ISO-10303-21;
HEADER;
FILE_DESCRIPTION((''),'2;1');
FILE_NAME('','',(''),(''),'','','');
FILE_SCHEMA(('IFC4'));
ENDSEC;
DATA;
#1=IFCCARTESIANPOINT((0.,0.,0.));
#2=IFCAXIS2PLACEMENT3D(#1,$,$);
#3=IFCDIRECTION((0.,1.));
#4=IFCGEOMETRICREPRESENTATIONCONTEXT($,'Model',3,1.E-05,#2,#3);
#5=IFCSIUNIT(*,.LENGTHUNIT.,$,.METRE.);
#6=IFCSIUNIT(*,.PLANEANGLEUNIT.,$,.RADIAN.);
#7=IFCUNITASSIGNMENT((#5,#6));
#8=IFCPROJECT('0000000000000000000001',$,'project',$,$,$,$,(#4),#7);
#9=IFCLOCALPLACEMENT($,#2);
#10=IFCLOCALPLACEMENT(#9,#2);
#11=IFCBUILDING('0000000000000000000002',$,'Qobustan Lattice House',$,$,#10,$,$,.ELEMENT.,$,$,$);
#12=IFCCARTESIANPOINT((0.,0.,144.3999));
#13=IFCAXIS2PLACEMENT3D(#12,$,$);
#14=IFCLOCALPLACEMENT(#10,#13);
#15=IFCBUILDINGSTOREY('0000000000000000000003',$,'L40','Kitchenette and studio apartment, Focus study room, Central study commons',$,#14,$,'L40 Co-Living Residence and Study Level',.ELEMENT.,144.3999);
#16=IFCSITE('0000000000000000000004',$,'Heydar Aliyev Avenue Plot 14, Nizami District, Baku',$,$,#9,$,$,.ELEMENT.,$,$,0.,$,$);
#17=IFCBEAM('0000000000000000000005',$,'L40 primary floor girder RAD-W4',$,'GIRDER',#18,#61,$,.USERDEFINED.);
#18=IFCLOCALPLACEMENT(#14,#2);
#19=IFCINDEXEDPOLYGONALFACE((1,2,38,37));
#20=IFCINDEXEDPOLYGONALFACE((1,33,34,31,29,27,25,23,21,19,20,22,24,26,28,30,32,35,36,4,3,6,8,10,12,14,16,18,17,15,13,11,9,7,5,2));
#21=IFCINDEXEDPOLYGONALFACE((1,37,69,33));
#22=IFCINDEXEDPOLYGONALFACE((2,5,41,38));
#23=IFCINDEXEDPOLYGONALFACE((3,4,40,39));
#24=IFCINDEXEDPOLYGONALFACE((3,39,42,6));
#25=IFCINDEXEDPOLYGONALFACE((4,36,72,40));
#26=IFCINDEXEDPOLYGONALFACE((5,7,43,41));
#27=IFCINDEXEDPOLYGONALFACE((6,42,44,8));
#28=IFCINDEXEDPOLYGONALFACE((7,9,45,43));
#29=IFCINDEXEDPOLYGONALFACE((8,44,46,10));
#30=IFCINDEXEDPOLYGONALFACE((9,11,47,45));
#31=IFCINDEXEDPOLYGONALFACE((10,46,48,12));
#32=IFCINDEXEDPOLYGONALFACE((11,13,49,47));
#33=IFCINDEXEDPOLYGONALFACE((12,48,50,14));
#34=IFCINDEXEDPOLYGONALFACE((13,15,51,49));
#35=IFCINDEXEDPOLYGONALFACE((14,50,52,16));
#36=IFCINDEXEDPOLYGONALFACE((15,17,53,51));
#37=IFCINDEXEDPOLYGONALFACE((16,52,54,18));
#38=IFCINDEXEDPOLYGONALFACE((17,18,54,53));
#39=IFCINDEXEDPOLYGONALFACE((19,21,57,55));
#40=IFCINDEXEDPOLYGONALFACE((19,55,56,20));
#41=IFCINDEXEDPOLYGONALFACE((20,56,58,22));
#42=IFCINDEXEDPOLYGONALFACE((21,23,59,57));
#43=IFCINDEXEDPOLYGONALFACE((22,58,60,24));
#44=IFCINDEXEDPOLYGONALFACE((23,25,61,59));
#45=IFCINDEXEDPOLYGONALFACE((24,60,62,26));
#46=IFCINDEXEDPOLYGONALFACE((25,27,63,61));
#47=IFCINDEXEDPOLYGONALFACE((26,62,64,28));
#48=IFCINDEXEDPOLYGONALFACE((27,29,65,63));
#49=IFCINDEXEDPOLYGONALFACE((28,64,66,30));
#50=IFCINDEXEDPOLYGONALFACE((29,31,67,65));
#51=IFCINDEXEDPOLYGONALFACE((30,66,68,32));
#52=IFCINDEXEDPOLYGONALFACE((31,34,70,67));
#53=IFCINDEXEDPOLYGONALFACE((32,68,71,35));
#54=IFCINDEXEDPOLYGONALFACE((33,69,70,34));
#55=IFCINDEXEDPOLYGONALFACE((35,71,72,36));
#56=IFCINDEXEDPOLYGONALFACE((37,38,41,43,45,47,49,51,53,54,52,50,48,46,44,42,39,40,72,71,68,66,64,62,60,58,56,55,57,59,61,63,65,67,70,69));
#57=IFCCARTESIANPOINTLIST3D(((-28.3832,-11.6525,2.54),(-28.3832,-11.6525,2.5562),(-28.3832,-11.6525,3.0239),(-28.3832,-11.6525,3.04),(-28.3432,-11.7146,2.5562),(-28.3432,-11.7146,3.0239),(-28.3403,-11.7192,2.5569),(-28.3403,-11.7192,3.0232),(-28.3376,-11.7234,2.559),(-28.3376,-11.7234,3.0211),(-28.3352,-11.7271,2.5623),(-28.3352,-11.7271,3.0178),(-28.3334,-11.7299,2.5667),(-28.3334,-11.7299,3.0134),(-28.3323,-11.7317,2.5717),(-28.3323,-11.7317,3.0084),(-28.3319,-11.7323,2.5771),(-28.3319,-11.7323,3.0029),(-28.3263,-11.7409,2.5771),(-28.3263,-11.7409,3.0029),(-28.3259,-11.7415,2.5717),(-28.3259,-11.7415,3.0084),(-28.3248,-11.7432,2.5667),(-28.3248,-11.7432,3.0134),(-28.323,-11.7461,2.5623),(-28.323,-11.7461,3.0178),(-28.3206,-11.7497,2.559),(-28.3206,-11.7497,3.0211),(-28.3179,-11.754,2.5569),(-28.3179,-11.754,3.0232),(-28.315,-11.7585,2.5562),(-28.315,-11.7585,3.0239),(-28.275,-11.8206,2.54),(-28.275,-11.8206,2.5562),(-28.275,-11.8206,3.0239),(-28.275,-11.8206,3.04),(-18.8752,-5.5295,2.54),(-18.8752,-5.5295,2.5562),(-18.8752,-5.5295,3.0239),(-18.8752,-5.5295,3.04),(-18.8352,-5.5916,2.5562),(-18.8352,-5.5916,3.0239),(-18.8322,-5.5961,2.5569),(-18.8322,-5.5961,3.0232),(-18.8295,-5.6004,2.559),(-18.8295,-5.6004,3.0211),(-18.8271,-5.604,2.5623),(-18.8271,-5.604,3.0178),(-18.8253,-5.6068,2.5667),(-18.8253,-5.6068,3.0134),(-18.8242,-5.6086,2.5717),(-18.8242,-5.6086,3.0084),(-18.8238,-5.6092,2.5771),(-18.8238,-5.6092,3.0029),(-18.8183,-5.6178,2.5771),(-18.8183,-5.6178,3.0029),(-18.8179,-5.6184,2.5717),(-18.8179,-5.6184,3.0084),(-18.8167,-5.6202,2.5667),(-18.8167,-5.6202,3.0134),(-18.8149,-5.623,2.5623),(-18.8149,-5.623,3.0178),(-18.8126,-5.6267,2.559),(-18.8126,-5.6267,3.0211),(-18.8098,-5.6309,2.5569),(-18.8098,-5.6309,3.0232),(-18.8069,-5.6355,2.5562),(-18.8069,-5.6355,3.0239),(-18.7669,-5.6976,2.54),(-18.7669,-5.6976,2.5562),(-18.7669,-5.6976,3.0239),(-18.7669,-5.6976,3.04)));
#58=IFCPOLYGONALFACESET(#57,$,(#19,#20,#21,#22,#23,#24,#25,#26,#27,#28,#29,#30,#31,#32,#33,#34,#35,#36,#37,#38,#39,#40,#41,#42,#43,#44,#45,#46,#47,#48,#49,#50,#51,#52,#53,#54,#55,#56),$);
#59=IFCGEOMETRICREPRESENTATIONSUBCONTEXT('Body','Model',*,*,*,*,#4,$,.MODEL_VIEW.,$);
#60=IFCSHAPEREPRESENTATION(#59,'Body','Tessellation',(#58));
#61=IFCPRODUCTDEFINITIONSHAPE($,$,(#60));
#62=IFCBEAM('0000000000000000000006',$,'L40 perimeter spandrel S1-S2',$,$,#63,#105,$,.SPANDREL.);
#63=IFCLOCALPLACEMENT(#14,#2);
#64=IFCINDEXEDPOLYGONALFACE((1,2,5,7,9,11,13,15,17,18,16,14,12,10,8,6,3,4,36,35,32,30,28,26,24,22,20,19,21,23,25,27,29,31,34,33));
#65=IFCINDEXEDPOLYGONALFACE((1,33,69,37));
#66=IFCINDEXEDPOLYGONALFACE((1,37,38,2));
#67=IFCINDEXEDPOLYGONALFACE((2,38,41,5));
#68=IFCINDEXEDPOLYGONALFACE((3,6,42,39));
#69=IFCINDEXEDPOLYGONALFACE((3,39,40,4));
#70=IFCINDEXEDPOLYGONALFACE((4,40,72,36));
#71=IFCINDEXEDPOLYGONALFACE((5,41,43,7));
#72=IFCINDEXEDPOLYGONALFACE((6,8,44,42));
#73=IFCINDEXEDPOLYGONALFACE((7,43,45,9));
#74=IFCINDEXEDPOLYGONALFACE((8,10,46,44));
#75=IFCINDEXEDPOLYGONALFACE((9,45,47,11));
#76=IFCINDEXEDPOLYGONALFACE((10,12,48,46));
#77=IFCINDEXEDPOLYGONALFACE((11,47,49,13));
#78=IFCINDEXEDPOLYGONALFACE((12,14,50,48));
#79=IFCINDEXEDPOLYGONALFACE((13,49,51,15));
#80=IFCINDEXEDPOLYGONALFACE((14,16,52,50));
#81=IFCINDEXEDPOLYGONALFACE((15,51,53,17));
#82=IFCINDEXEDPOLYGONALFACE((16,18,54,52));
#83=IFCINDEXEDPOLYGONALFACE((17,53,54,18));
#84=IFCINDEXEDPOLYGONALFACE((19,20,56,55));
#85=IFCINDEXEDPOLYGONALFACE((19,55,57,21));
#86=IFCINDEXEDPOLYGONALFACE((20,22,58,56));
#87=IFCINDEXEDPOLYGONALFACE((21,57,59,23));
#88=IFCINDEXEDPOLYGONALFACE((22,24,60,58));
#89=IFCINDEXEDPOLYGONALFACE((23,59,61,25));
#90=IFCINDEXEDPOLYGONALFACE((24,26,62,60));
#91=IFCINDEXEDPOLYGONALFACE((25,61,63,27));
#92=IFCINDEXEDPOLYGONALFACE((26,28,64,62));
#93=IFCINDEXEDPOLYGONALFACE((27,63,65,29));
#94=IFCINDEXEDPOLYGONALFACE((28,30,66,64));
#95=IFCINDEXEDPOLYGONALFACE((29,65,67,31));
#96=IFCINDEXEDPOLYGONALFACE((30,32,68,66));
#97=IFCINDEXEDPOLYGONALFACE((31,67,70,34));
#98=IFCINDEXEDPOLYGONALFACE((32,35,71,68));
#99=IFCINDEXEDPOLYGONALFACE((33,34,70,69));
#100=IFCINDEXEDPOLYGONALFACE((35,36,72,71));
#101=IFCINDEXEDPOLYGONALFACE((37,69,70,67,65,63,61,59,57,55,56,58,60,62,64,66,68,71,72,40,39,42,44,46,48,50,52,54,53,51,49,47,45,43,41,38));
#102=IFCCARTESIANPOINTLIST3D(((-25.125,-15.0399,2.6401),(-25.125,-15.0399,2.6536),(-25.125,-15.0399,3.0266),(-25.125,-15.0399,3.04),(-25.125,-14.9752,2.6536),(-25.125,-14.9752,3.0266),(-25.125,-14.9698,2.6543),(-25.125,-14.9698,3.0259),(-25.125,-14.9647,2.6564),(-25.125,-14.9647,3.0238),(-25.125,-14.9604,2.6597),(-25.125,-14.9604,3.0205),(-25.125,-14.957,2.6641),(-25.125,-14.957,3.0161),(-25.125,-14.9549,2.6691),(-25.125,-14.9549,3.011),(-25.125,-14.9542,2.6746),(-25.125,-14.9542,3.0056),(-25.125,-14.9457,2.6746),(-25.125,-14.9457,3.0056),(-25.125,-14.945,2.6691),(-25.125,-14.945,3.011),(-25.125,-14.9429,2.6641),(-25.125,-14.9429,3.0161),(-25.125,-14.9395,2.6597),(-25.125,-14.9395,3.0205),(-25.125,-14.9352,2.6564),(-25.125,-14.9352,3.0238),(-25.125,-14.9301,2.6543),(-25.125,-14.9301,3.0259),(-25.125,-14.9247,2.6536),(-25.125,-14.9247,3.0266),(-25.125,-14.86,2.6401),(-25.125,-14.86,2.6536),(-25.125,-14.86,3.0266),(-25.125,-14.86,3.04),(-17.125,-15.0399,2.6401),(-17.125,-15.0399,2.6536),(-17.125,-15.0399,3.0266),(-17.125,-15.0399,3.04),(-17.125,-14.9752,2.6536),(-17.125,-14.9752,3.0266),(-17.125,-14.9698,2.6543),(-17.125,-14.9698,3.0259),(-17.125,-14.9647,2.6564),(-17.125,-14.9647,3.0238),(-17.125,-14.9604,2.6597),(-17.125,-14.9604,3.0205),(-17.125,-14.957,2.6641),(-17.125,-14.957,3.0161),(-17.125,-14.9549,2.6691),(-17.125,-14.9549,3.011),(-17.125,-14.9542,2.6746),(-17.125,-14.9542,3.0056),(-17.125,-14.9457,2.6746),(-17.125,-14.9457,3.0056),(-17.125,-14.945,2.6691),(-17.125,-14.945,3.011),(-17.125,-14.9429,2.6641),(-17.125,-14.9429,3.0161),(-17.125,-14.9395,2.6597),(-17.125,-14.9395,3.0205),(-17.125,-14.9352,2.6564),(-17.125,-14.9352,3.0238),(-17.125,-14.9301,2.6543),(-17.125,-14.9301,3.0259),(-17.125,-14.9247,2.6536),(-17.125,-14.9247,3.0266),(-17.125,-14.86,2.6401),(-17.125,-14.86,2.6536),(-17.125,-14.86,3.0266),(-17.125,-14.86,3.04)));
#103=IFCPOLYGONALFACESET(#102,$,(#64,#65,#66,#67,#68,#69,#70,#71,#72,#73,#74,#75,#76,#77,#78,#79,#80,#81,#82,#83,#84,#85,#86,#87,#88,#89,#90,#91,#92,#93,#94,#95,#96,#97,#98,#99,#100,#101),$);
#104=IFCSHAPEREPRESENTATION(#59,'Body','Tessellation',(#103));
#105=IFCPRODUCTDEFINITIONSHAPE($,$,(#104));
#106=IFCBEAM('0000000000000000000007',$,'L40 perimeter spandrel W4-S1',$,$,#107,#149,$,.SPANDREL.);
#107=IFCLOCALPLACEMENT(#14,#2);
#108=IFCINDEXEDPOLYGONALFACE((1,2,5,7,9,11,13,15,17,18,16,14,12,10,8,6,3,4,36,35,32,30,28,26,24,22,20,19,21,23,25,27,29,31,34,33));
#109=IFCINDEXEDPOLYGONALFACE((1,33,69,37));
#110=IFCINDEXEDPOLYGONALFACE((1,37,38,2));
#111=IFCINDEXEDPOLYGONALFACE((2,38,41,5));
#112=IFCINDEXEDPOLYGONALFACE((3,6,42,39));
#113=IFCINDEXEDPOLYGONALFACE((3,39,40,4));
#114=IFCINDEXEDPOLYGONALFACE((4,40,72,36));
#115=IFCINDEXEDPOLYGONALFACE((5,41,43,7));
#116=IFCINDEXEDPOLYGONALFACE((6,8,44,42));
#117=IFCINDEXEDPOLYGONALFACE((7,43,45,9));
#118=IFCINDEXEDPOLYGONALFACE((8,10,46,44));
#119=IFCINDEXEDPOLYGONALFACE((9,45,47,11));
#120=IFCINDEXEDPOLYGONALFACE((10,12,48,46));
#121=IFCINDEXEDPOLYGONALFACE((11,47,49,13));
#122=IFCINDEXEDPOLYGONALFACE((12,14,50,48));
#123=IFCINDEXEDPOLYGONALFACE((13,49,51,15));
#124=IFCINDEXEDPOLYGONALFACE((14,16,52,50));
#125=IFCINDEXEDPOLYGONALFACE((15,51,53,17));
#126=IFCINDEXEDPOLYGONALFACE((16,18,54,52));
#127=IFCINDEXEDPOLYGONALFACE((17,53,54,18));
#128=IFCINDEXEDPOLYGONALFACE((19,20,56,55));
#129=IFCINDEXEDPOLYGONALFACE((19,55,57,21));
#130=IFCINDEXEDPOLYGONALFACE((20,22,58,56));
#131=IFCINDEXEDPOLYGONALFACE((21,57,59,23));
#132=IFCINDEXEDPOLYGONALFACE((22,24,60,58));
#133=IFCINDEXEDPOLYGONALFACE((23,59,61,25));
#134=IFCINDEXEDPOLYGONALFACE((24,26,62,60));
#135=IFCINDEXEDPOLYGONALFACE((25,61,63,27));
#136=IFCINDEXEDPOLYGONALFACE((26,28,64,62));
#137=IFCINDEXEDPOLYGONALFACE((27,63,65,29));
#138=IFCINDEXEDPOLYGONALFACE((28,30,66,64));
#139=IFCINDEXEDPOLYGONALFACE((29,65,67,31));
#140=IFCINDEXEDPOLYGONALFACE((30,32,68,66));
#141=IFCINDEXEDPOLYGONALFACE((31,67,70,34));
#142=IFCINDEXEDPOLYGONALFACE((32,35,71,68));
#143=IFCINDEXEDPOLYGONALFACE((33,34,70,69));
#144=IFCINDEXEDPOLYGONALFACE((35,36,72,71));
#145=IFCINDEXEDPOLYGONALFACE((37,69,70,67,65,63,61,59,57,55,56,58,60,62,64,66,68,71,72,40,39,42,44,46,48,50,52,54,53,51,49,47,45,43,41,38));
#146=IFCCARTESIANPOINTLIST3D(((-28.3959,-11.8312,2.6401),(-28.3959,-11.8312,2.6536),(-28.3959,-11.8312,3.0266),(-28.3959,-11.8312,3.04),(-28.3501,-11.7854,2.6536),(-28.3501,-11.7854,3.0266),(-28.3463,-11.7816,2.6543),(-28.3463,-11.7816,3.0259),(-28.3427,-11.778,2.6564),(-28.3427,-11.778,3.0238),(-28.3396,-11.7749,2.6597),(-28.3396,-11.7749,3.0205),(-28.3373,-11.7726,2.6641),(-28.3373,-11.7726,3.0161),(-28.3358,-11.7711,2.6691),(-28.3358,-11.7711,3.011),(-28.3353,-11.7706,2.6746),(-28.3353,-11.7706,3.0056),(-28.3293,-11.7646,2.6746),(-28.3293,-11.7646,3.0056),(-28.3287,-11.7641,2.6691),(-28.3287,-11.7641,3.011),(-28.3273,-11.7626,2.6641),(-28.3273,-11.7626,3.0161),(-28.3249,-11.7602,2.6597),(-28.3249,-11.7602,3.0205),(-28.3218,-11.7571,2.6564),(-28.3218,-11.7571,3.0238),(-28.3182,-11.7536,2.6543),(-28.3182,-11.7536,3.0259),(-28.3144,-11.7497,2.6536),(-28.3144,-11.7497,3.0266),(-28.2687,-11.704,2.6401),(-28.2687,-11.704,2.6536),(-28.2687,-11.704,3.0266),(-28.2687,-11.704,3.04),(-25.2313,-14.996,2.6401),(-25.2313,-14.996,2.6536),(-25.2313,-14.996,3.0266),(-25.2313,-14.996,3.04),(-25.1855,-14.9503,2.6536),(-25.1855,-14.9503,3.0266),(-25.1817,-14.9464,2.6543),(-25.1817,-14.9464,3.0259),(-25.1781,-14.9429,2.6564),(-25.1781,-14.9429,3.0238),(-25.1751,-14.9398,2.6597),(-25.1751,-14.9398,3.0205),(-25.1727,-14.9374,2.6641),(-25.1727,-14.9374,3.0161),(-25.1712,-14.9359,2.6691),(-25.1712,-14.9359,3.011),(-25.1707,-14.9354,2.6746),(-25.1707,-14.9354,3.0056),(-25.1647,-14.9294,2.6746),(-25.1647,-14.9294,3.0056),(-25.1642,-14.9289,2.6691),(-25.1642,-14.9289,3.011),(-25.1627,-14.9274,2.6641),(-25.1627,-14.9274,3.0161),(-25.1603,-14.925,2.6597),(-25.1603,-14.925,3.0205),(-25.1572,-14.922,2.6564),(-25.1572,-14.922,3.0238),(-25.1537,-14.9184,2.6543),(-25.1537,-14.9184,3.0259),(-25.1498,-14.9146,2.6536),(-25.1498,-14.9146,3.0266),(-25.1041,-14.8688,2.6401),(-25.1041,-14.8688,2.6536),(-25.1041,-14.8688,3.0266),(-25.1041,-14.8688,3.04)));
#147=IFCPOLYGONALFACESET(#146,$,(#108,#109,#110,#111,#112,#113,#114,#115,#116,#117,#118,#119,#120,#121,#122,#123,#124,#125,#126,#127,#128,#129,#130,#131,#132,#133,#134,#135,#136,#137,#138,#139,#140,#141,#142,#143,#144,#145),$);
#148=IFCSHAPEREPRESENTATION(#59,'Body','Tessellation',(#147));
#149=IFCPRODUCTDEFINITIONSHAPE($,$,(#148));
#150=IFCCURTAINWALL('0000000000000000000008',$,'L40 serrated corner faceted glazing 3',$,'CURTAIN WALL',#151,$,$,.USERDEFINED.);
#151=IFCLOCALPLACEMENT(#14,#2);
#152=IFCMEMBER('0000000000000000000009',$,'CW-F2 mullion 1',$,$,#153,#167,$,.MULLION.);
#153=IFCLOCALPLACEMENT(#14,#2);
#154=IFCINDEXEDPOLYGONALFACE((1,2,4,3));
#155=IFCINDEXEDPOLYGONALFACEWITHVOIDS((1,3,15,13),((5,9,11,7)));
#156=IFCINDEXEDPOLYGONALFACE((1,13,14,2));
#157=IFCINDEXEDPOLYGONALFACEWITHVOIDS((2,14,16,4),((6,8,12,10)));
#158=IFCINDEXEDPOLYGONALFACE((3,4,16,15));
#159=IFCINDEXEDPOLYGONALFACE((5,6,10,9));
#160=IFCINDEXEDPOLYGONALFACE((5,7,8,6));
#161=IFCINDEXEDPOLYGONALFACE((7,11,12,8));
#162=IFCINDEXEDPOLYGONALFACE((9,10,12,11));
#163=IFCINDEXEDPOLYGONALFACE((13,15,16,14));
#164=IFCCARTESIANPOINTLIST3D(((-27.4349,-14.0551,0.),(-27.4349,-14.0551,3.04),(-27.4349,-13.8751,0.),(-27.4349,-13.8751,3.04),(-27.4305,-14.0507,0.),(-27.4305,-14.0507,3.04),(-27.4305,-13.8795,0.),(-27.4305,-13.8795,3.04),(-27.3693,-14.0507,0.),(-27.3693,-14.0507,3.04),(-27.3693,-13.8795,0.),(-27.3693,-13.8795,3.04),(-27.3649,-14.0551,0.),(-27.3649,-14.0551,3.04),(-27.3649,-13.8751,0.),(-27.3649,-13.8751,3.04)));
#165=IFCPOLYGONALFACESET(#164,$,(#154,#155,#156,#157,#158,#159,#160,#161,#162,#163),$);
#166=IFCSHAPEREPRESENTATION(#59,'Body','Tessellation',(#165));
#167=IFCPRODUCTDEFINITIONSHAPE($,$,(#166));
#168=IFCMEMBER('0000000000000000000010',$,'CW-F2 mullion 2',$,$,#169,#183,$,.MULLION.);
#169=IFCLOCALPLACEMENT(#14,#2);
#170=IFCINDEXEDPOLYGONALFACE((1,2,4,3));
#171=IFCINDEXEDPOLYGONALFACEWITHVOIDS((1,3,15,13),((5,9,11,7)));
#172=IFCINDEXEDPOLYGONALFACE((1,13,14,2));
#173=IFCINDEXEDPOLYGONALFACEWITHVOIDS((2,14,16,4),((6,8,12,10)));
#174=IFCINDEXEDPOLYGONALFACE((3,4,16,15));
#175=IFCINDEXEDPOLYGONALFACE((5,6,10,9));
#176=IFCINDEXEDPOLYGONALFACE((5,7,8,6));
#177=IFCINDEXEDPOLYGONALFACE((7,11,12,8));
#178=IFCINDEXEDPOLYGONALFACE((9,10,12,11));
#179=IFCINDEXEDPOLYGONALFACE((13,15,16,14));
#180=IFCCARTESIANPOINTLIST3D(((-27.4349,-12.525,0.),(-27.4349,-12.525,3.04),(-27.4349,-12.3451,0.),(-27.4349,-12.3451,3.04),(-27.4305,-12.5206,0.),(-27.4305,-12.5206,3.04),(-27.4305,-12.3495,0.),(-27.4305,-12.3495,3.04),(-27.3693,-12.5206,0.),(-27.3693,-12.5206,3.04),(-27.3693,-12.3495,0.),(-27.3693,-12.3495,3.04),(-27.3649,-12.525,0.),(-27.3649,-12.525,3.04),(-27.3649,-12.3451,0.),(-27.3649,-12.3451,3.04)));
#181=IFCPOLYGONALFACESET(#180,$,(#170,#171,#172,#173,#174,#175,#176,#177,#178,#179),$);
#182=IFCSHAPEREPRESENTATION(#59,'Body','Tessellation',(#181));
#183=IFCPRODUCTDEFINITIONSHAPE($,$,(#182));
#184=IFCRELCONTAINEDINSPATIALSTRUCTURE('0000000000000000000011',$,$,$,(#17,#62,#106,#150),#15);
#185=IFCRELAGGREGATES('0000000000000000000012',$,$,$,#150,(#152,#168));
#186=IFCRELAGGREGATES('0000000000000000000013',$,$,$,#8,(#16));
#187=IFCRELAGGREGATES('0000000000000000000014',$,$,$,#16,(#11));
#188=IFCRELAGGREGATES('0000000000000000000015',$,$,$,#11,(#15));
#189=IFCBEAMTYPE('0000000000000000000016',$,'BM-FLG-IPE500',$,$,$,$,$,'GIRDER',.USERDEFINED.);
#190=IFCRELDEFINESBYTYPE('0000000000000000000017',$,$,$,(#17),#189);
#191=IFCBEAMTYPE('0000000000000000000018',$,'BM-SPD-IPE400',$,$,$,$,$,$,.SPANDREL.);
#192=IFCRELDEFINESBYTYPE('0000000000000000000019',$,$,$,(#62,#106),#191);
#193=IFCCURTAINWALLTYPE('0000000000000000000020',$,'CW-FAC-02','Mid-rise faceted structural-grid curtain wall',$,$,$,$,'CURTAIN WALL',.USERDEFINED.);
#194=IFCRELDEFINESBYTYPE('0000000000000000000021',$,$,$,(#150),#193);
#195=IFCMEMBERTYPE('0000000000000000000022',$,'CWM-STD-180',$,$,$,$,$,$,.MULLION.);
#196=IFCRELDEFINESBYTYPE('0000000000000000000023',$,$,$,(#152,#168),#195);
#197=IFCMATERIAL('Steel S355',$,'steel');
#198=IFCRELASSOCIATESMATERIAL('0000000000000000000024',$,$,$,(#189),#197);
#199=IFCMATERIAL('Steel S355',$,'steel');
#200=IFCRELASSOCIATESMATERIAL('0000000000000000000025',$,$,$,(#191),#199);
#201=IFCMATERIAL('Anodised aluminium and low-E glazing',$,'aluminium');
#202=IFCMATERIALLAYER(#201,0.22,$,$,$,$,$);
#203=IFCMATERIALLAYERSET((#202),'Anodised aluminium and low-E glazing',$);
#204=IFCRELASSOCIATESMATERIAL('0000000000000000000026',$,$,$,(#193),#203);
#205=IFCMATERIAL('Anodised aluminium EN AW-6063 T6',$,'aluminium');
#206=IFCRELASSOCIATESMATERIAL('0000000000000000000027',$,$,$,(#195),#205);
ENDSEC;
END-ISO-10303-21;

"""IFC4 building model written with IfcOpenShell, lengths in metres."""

from ifc_helpers import new_model, si_unit, direction, frame, origin, origin_2d, place, context, subcontext, project, spatial, hollow_rectangle, i_section, extrude, material, layer, layer_set, material_profile, profile_set, type_object, element, aggregate, save


model = new_model("IFC4")

# Units and contexts
model_context = context("Model", 3, precision=1e-05, world=origin(), true_north=direction((0.0, 1.0)))
body_context = subcontext(model_context, "Body", "Model", "MODEL_VIEW")
ifc_project = project(units=[si_unit("LENGTHUNIT", "METRE"), si_unit("PLANEANGLEUNIT", "RADIAN")], contexts=[model_context])

# Site, building, storey
site_placement = place(None, origin())
site = spatial("IfcSite", under=ifc_project, at=site_placement, Name="Heydar Aliyev Avenue Plot 14, Nizami District, Baku", CompositionType="ELEMENT", RefElevation=0.0)
building_placement = place(site_placement, origin())
building = spatial("IfcBuilding", under=site, at=building_placement, Name="Qobustan Lattice House", CompositionType="ELEMENT")
storey_placement = place(building_placement, frame((0.0, 0.0, 144.3999)))
storey = spatial("IfcBuildingStorey", under=building, at=storey_placement, Name="L40", Description="Kitchenette and studio apartment, Focus study room, Central study commons", LongName="L40 Co-Living Residence and Study Level", CompositionType="ELEMENT", Elevation=144.3999)

# Beams
ifc_material_1 = material(Name="Steel S355", Category="steel")
ifc_material_profile_1 = material_profile(ifc_material_1, i_section(OverallWidth=0.2, OverallDepth=0.5, WebThickness=0.0103, FlangeThickness=0.0161, FilletRadius=0.021, at=origin_2d()), Name="IPE500")
ifc_profile_set_1 = profile_set([ifc_material_profile_1], Name="Steel S355")
beam_type_1 = type_object("IfcBeamType", Name="BM-FLG-IPE500", ElementType="GIRDER", PredefinedType="USERDEFINED", material=ifc_profile_set_1)
beam_1_placement = place(storey_placement, frame((-28.3291, -11.7366, 2.79), z_axis=(0.840747, 0.541428, 0.0), x_axis=(-0.541428, 0.840747, 0.0)))
element("IfcBeam", 1, at=beam_1_placement, inside=storey, type_object=beam_type_1, Name="L40 primary floor girder RAD-W4", ObjectType="GIRDER", PredefinedType="USERDEFINED", context=body_context, shape_type="SweptSolid", body=[
    extrude(i_section(OverallWidth=0.2, OverallDepth=0.5, WebThickness=0.0103, FlangeThickness=0.0161, FilletRadius=0.021, at=origin_2d()), origin(), (0.0, 0.0, 1.0), 11.3091),
])
ifc_material_2 = material(Name="Steel S355", Category="steel")
ifc_material_profile_2 = material_profile(ifc_material_2, i_section(OverallWidth=0.1799, OverallDepth=0.3999, WebThickness=0.0085, FlangeThickness=0.0134, FilletRadius=0.021, at=origin_2d()), Name="IPE400")
ifc_profile_set_2 = profile_set([ifc_material_profile_2], Name="Steel S355")
beam_type_2 = type_object("IfcBeamType", Name="BM-SPD-IPE400", PredefinedType="SPANDREL", material=ifc_profile_set_2)
beam_2_placement = place(storey_placement, frame((-25.125, -14.95, 2.8401), z_axis=(1.0, 0.0, 0.0), x_axis=(0.0, 1.0, 0.0)))
element("IfcBeam", 2, at=beam_2_placement, inside=storey, type_object=beam_type_2, Name="L40 perimeter spandrel S1-S2", PredefinedType="SPANDREL", context=body_context, shape_type="SweptSolid", body=[
    extrude(i_section(OverallWidth=0.1799, OverallDepth=0.3999, WebThickness=0.0085, FlangeThickness=0.0134, FilletRadius=0.021, at=origin_2d()), origin(), (0.0, 0.0, 1.0), 8.0),
])
beam_3_placement = place(storey_placement, frame((-28.3323, -11.7676, 2.8401), z_axis=(0.70708, -0.707134, 0.0), x_axis=(0.707134, 0.70708, 0.0)))
element("IfcBeam", 3, at=beam_3_placement, inside=storey, type_object=beam_type_2, Name="L40 perimeter spandrel W4-S1", PredefinedType="SPANDREL", context=body_context, shape_type="SweptSolid", body=[
    extrude(i_section(OverallWidth=0.1799, OverallDepth=0.3999, WebThickness=0.0085, FlangeThickness=0.0134, FilletRadius=0.021, at=origin_2d()), origin(), (0.0, 0.0, 1.0), 4.4756),
])

# Curtain wall, members
ifc_material_3 = material(Name="Anodised aluminium and low-E glazing", Category="aluminium")
ifc_layer_1 = layer(ifc_material_3, 0.22)
ifc_layer_set_1 = layer_set([ifc_layer_1], Name="Anodised aluminium and low-E glazing")
curtain_wall_type = type_object("IfcCurtainWallType", Name="CW-FAC-02", Description="Mid-rise faceted structural-grid curtain wall", ElementType="CURTAIN WALL", PredefinedType="USERDEFINED", material=ifc_layer_set_1)
curtain_wall_placement = place(storey_placement, origin())
curtain_wall = element("IfcCurtainWall", 4, at=curtain_wall_placement, inside=storey, type_object=curtain_wall_type, Name="L40 serrated corner faceted glazing 3", ObjectType="CURTAIN WALL", PredefinedType="USERDEFINED")
ifc_material_4 = material(Name="Anodised aluminium EN AW-6063 T6", Category="aluminium")
ifc_material_profile_3 = material_profile(ifc_material_4, hollow_rectangle(XDim=0.0701, YDim=0.1799, WallThickness=0.0044, at=origin_2d()), Name="CWM-180x70")
ifc_profile_set_3 = profile_set([ifc_material_profile_3], Name="Anodised aluminium EN AW-6063 T6")
member_type_1 = type_object("IfcMemberType", Name="CWM-STD-180", PredefinedType="MULLION", material=ifc_profile_set_3)
member_1_placement = place(storey_placement, frame((-27.3999, -13.9651, 0.0), z_axis=(0.0, 0.0, 1.0), x_axis=(-1.0, 0.0, 0.0)))
member_1 = element("IfcMember", 5, at=member_1_placement, type_object=member_type_1, Name="CW-F2 mullion 1", PredefinedType="MULLION", context=body_context, shape_type="SweptSolid", body=[
    extrude(hollow_rectangle(XDim=0.0701, YDim=0.1799, WallThickness=0.0044, at=origin_2d()), origin(), (0.0, 0.0, 1.0), 3.04),
])
member_2_placement = place(storey_placement, frame((-27.3999, -12.4351, 0.0), z_axis=(0.0, 0.0, 1.0), x_axis=(-1.0, 0.0, 0.0)))
member_2 = element("IfcMember", 6, at=member_2_placement, type_object=member_type_1, Name="CW-F2 mullion 2", PredefinedType="MULLION", context=body_context, shape_type="SweptSolid", body=[
    extrude(hollow_rectangle(XDim=0.0701, YDim=0.1799, WallThickness=0.0044, at=origin_2d()), origin(), (0.0, 0.0, 1.0), 3.04),
])
aggregate(curtain_wall, [member_1, member_2])

save(model, "model.ifc")
